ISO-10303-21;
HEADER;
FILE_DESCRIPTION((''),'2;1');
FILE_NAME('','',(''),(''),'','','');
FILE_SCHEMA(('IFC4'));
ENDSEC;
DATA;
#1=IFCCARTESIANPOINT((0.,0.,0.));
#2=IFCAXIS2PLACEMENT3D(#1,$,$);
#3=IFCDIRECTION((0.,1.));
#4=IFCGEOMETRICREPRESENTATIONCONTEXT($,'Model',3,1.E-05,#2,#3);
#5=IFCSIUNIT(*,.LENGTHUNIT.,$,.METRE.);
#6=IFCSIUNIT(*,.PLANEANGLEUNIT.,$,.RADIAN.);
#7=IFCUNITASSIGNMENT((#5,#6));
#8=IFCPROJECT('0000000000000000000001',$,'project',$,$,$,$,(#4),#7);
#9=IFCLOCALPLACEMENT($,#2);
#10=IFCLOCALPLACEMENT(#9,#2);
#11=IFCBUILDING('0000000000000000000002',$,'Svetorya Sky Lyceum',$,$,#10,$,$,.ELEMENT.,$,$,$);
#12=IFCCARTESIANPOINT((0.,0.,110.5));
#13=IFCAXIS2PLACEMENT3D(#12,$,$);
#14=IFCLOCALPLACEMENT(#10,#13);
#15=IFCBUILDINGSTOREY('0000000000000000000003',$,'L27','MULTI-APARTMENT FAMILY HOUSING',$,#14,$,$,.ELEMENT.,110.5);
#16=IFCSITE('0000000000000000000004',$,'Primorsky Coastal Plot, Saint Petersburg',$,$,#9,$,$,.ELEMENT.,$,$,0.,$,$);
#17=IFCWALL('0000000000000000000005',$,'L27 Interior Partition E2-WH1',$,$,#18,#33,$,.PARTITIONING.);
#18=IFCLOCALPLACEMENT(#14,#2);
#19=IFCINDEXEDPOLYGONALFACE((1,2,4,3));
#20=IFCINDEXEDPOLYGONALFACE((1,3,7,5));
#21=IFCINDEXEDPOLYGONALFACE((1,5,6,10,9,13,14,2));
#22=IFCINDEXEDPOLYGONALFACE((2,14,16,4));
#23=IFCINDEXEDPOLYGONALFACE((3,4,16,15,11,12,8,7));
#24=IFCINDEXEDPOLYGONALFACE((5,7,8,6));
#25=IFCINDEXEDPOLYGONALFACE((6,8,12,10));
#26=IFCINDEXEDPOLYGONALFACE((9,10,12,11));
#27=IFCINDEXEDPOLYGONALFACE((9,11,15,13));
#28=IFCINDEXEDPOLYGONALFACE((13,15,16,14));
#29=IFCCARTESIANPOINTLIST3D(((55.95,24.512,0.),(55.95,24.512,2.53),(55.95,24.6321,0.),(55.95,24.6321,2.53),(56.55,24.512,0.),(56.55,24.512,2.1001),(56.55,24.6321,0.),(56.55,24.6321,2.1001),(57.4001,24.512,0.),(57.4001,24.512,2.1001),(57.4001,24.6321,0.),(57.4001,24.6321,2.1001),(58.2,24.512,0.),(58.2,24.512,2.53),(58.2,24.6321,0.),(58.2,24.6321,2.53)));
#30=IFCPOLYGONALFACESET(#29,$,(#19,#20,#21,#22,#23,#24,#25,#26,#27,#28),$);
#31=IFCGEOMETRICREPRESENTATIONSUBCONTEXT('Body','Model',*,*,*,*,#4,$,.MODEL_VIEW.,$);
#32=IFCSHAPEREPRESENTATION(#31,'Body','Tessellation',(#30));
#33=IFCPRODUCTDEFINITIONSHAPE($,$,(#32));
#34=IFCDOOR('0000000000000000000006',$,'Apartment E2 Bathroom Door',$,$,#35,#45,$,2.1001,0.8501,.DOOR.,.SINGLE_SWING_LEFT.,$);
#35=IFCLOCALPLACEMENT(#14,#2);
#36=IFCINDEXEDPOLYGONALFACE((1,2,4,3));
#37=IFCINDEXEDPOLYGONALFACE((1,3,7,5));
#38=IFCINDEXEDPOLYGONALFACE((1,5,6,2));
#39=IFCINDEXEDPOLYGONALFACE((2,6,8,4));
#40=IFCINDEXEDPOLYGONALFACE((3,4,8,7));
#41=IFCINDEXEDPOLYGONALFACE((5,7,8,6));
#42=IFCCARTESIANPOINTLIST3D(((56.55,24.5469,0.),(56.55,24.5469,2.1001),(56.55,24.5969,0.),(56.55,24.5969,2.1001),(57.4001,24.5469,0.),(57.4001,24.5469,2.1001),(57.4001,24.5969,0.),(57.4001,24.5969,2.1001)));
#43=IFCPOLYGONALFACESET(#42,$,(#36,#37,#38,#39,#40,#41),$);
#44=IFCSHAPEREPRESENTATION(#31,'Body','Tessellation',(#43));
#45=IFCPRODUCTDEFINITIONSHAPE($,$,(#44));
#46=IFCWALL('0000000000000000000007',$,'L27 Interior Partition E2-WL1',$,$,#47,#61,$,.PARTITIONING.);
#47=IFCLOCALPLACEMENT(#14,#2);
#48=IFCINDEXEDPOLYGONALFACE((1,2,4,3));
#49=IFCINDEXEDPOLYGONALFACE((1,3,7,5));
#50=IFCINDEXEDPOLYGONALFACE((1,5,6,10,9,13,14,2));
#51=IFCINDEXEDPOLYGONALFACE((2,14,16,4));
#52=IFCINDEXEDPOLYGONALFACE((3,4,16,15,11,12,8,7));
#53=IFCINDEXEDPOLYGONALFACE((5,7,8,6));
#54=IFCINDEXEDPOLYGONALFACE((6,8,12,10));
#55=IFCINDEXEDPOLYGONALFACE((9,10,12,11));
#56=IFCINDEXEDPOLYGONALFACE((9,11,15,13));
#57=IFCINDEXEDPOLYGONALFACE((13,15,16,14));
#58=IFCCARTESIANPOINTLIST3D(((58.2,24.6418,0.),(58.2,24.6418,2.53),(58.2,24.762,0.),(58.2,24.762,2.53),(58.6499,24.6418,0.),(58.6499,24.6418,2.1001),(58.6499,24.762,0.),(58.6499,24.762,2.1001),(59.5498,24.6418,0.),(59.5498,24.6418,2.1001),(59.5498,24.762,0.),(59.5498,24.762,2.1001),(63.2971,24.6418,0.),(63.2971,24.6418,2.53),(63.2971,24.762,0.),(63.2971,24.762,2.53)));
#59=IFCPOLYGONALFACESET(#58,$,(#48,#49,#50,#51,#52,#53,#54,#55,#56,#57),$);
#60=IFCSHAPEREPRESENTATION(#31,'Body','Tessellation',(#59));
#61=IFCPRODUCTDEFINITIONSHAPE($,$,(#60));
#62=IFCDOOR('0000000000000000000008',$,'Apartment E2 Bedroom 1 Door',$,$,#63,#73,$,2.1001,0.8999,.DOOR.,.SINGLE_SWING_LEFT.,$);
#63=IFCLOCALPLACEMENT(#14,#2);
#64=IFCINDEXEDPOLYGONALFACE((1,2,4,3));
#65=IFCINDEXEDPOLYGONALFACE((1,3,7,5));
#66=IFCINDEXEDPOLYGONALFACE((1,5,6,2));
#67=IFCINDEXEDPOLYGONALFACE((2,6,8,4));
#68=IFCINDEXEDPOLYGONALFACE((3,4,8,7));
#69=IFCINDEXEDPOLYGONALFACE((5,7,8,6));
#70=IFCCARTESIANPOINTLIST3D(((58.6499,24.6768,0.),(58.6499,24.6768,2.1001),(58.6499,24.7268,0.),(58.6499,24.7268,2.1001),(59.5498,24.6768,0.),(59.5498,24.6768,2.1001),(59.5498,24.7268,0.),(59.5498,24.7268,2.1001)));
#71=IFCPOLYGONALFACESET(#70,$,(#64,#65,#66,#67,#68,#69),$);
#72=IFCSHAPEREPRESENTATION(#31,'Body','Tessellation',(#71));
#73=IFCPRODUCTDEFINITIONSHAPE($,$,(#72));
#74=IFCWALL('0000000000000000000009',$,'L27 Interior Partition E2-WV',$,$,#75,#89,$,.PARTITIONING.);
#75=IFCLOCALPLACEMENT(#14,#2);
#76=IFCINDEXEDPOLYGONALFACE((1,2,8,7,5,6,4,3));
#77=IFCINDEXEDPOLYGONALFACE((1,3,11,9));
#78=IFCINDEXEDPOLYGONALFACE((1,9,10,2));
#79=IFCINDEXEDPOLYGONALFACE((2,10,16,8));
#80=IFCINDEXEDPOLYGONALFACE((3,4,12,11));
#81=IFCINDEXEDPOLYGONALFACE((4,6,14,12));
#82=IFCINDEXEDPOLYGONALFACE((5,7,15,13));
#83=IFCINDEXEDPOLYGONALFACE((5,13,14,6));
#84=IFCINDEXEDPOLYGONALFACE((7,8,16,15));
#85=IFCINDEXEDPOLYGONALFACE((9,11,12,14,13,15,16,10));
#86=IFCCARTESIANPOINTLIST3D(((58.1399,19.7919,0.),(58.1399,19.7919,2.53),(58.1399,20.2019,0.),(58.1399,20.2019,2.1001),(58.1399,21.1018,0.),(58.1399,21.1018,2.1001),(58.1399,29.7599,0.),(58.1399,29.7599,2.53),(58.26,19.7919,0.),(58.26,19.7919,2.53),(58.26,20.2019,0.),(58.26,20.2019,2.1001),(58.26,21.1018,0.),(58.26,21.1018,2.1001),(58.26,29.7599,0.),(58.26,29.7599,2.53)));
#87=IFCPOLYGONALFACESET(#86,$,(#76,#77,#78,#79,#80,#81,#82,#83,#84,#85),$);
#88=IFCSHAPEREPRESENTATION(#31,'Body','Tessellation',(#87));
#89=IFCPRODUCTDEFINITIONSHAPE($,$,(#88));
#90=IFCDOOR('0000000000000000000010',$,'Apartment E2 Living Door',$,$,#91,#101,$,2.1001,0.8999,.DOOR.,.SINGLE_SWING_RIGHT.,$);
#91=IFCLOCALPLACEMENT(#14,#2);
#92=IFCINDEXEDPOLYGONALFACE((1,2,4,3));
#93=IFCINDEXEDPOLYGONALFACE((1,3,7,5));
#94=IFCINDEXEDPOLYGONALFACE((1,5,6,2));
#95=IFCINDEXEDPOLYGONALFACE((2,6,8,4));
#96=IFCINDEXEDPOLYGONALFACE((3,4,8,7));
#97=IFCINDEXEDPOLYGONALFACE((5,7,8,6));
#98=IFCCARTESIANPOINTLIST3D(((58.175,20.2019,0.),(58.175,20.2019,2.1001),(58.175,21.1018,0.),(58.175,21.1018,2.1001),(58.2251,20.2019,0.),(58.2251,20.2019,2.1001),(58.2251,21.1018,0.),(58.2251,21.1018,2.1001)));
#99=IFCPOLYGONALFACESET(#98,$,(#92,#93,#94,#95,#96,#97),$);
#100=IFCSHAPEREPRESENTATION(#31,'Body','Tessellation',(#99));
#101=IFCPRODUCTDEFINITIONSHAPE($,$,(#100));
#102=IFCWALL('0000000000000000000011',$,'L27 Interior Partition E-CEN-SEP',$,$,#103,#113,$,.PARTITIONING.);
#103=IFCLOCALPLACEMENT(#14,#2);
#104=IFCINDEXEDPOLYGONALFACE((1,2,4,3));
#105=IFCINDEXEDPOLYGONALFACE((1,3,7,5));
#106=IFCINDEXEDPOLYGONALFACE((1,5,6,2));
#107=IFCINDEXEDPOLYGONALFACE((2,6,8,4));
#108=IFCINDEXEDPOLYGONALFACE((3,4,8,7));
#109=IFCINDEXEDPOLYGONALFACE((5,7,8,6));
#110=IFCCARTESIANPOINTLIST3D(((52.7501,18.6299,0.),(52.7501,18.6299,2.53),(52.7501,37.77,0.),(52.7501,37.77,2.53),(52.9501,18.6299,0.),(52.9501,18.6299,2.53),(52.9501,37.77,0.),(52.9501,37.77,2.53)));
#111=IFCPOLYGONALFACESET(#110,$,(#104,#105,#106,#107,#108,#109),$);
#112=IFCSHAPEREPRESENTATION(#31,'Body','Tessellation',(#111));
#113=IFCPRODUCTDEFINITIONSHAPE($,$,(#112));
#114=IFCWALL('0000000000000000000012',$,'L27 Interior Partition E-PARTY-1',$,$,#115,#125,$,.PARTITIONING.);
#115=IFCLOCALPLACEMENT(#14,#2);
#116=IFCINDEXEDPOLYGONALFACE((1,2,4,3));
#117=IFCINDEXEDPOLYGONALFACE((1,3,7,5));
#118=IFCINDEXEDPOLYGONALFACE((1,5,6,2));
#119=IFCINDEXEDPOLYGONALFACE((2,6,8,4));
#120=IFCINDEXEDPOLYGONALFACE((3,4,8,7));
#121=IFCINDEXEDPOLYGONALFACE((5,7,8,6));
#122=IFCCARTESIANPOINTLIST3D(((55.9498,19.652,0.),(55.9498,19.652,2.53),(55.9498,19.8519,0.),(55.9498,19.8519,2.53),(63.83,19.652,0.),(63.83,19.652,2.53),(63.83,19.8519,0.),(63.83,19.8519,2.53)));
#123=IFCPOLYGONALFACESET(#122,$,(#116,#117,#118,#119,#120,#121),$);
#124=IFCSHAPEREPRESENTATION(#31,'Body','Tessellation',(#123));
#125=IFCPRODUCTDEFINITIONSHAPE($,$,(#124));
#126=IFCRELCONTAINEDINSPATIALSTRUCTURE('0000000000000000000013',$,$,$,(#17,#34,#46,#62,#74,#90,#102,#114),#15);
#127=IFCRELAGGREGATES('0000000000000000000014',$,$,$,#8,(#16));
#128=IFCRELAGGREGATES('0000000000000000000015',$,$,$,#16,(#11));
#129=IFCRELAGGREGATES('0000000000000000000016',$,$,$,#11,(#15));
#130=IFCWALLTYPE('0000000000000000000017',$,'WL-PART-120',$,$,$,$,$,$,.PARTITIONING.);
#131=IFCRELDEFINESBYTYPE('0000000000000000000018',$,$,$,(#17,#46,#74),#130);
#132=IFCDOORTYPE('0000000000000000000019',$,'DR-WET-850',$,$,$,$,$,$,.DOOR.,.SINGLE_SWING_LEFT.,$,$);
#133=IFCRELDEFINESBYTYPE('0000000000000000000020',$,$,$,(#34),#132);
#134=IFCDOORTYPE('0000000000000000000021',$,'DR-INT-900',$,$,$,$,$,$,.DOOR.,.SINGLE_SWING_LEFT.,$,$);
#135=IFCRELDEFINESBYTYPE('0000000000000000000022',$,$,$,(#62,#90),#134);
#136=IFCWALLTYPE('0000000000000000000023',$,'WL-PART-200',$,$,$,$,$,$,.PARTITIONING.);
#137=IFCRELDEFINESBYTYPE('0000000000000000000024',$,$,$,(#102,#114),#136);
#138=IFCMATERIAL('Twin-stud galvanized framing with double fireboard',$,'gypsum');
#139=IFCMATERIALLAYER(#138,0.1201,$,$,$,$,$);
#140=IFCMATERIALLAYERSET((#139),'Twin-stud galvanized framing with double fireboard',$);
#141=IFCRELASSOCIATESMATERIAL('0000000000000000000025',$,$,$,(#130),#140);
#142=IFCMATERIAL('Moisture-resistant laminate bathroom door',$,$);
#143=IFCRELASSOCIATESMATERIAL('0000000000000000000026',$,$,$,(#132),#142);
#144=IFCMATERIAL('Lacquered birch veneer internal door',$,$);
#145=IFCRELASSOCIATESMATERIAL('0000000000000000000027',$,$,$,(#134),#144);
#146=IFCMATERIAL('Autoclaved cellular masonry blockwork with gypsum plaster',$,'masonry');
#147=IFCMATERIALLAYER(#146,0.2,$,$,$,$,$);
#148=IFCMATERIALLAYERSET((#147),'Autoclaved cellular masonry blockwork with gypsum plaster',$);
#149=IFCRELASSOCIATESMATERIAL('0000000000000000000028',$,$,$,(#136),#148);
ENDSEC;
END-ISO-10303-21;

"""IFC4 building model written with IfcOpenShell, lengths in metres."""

from ifc_helpers import new_model, si_unit, direction, frame, frame_2d, origin, place, context, subcontext, project, spatial, rectangle, extrude, material, layer, layer_set, type_object, element, fill, save


model = new_model("IFC4")

# Units and contexts
model_context = context("Model", 3, precision=1e-05, world=origin(), true_north=direction((0.0, 1.0)))
body_context = subcontext(model_context, "Body", "Model", "MODEL_VIEW")
ifc_project = project(units=[si_unit("LENGTHUNIT", "METRE"), si_unit("PLANEANGLEUNIT", "RADIAN")], contexts=[model_context])

# Site, building, storey
site_placement = place(None, origin())
site = spatial("IfcSite", under=ifc_project, at=site_placement, Name="Primorsky Coastal Plot, Saint Petersburg", CompositionType="ELEMENT", RefElevation=0.0)
building_placement = place(site_placement, origin())
building = spatial("IfcBuilding", under=site, at=building_placement, Name="Svetorya Sky Lyceum", CompositionType="ELEMENT")
storey_placement = place(building_placement, frame((0.0, 0.0, 110.5)))
storey = spatial("IfcBuildingStorey", under=building, at=storey_placement, Name="L27", Description="MULTI-APARTMENT FAMILY HOUSING", CompositionType="ELEMENT", Elevation=110.5)

# Walls, openings, doors
ifc_material_1 = material(Name="Twin-stud galvanized framing with double fireboard", Category="gypsum")
ifc_layer_1 = layer(ifc_material_1, 0.1201)
ifc_layer_set_1 = layer_set([ifc_layer_1], Name="Twin-stud galvanized framing with double fireboard")
wall_type_1 = type_object("IfcWallType", Name="WL-PART-120", PredefinedType="PARTITIONING", material=ifc_layer_set_1)
wall_1_placement = place(storey_placement, frame((55.95, 24.572, 0.0), z_axis=(0.0, 0.0, 1.0), x_axis=(1.0, 0.0, 0.0)))
wall_1 = element("IfcWall", 1, at=wall_1_placement, inside=storey, type_object=wall_type_1, Name="L27 Interior Partition E2-WH1", PredefinedType="PARTITIONING", context=body_context, shape_type="SweptSolid", body=[
    extrude(rectangle(XDim=2.25, YDim=0.1201, at=frame_2d((1.125, 0.0))), origin(), (0.0, 0.0, 1.0), 2.53),
])
opening_1_placement = place(wall_1_placement, frame((0.6001, 0.0, 0.0)))
opening_1 = element("IfcOpeningElement", 2, at=opening_1_placement, cuts=wall_1, PredefinedType="OPENING", context=body_context, shape_type="SweptSolid", body=[
    extrude(rectangle(XDim=0.8501, YDim=2.1001, at=frame_2d((0.425, 1.05))), frame((0.0, 0.0701, 0.0), z_axis=(0.0, -1.0, 0.0), x_axis=(1.0, 0.0, 0.0)), (0.0, 0.0, 1.0), 0.1401),
])
ifc_material_2 = material(Name="Moisture-resistant laminate bathroom door")
door_type_1 = type_object("IfcDoorType", Name="DR-WET-850", OperationType="SINGLE_SWING_LEFT", PredefinedType="DOOR", material=ifc_material_2)
door_1_placement = place(opening_1_placement, origin())
door_1 = element("IfcDoor", 3, at=door_1_placement, inside=storey, type_object=door_type_1, Name="Apartment E2 Bathroom Door", OperationType="SINGLE_SWING_LEFT", OverallHeight=2.1001, OverallWidth=0.8501, PredefinedType="DOOR", context=body_context, shape_type="SweptSolid", body=[
    extrude(rectangle(XDim=0.8501, YDim=2.1001, at=frame_2d((0.425, 1.05))), frame((0.0, 0.0249, 0.0), z_axis=(0.0, -1.0, 0.0), x_axis=(1.0, 0.0, 0.0)), (0.0, 0.0, 1.0), 0.05),
])
fill(opening_1, door_1)
wall_2_placement = place(storey_placement, frame((58.2, 24.7019, 0.0), z_axis=(0.0, 0.0, 1.0), x_axis=(1.0, 0.0, 0.0)))
wall_2 = element("IfcWall", 4, at=wall_2_placement, inside=storey, type_object=wall_type_1, Name="L27 Interior Partition E2-WL1", PredefinedType="PARTITIONING", context=body_context, shape_type="SweptSolid", body=[
    extrude(rectangle(XDim=5.0972, YDim=0.1201, at=frame_2d((2.5486, 0.0))), origin(), (0.0, 0.0, 1.0), 2.53),
])
opening_2_placement = place(wall_2_placement, frame((0.45, 0.0, 0.0)))
opening_2 = element("IfcOpeningElement", 5, at=opening_2_placement, cuts=wall_2, PredefinedType="OPENING", context=body_context, shape_type="SweptSolid", body=[
    extrude(rectangle(XDim=0.8999, YDim=2.1001, at=frame_2d((0.45, 1.05))), frame((0.0, 0.0701, 0.0), z_axis=(0.0, -1.0, 0.0), x_axis=(1.0, 0.0, 0.0)), (0.0, 0.0, 1.0), 0.1401),
])
ifc_material_3 = material(Name="Lacquered birch veneer internal door")
door_type_2 = type_object("IfcDoorType", Name="DR-INT-900", OperationType="SINGLE_SWING_LEFT", PredefinedType="DOOR", material=ifc_material_3)
door_2_placement = place(opening_2_placement, origin())
door_2 = element("IfcDoor", 6, at=door_2_placement, inside=storey, type_object=door_type_2, Name="Apartment E2 Bedroom 1 Door", OperationType="SINGLE_SWING_LEFT", OverallHeight=2.1001, OverallWidth=0.8999, PredefinedType="DOOR", context=body_context, shape_type="SweptSolid", body=[
    extrude(rectangle(XDim=0.8999, YDim=2.1001, at=frame_2d((0.45, 1.05))), frame((0.0, 0.0249, 0.0), z_axis=(0.0, -1.0, 0.0), x_axis=(1.0, 0.0, 0.0)), (0.0, 0.0, 1.0), 0.05),
])
fill(opening_2, door_2)
wall_3_placement = place(storey_placement, frame((58.2, 19.792, 0.0), z_axis=(0.0, 0.0, 1.0), x_axis=(0.0, 1.0, 0.0)))
wall_3 = element("IfcWall", 7, at=wall_3_placement, inside=storey, type_object=wall_type_1, Name="L27 Interior Partition E2-WV", PredefinedType="PARTITIONING", context=body_context, shape_type="SweptSolid", body=[
    extrude(rectangle(XDim=9.968, YDim=0.1201, at=frame_2d((4.9839, 0.0))), origin(), (0.0, 0.0, 1.0), 2.53),
])
opening_3_placement = place(wall_3_placement, frame((0.4099, 0.0, 0.0)))
opening_3 = element("IfcOpeningElement", 8, at=opening_3_placement, cuts=wall_3, PredefinedType="OPENING", context=body_context, shape_type="SweptSolid", body=[
    extrude(rectangle(XDim=0.8999, YDim=2.1001, at=frame_2d((0.45, 1.05))), frame((0.0, 0.0701, 0.0), z_axis=(0.0, -1.0, 0.0), x_axis=(1.0, 0.0, 0.0)), (0.0, 0.0, 1.0), 0.1401),
])
door_3_placement = place(opening_3_placement, origin())
door_3 = element("IfcDoor", 9, at=door_3_placement, inside=storey, type_object=door_type_2, Name="Apartment E2 Living Door", OperationType="SINGLE_SWING_RIGHT", OverallHeight=2.1001, OverallWidth=0.8999, PredefinedType="DOOR", context=body_context, shape_type="SweptSolid", body=[
    extrude(rectangle(XDim=0.8999, YDim=2.1001, at=frame_2d((0.45, 1.05))), frame((0.0, 0.0249, 0.0), z_axis=(0.0, -1.0, 0.0), x_axis=(1.0, 0.0, 0.0)), (0.0, 0.0, 1.0), 0.05),
])
fill(opening_3, door_3)

# Walls
ifc_material_4 = material(Name="Autoclaved cellular masonry blockwork with gypsum plaster", Category="masonry")
ifc_layer_2 = layer(ifc_material_4, 0.2)
ifc_layer_set_2 = layer_set([ifc_layer_2], Name="Autoclaved cellular masonry blockwork with gypsum plaster")
wall_type_2 = type_object("IfcWallType", Name="WL-PART-200", PredefinedType="PARTITIONING", material=ifc_layer_set_2)
wall_4_placement = place(storey_placement, frame((52.8501, 18.6299, 0.0), z_axis=(0.0, 0.0, 1.0), x_axis=(0.0, 1.0, 0.0)))
element("IfcWall", 10, at=wall_4_placement, inside=storey, type_object=wall_type_2, Name="L27 Interior Partition E-CEN-SEP", PredefinedType="PARTITIONING", context=body_context, shape_type="SweptSolid", body=[
    extrude(rectangle(XDim=19.1401, YDim=0.2, at=frame_2d((9.5701, 0.0))), origin(), (0.0, 0.0, 1.0), 2.53),
])
wall_5_placement = place(storey_placement, frame((55.95, 19.752, 0.0), z_axis=(0.0, 0.0, 1.0), x_axis=(1.0, 0.0, 0.0)))
element("IfcWall", 11, at=wall_5_placement, inside=storey, type_object=wall_type_2, Name="L27 Interior Partition E-PARTY-1", PredefinedType="PARTITIONING", context=body_context, shape_type="SweptSolid", body=[
    extrude(rectangle(XDim=7.8801, YDim=0.2, at=frame_2d((3.9399, 0.0))), origin(), (0.0, 0.0, 1.0), 2.53),
])

save(model, "model.ifc")
